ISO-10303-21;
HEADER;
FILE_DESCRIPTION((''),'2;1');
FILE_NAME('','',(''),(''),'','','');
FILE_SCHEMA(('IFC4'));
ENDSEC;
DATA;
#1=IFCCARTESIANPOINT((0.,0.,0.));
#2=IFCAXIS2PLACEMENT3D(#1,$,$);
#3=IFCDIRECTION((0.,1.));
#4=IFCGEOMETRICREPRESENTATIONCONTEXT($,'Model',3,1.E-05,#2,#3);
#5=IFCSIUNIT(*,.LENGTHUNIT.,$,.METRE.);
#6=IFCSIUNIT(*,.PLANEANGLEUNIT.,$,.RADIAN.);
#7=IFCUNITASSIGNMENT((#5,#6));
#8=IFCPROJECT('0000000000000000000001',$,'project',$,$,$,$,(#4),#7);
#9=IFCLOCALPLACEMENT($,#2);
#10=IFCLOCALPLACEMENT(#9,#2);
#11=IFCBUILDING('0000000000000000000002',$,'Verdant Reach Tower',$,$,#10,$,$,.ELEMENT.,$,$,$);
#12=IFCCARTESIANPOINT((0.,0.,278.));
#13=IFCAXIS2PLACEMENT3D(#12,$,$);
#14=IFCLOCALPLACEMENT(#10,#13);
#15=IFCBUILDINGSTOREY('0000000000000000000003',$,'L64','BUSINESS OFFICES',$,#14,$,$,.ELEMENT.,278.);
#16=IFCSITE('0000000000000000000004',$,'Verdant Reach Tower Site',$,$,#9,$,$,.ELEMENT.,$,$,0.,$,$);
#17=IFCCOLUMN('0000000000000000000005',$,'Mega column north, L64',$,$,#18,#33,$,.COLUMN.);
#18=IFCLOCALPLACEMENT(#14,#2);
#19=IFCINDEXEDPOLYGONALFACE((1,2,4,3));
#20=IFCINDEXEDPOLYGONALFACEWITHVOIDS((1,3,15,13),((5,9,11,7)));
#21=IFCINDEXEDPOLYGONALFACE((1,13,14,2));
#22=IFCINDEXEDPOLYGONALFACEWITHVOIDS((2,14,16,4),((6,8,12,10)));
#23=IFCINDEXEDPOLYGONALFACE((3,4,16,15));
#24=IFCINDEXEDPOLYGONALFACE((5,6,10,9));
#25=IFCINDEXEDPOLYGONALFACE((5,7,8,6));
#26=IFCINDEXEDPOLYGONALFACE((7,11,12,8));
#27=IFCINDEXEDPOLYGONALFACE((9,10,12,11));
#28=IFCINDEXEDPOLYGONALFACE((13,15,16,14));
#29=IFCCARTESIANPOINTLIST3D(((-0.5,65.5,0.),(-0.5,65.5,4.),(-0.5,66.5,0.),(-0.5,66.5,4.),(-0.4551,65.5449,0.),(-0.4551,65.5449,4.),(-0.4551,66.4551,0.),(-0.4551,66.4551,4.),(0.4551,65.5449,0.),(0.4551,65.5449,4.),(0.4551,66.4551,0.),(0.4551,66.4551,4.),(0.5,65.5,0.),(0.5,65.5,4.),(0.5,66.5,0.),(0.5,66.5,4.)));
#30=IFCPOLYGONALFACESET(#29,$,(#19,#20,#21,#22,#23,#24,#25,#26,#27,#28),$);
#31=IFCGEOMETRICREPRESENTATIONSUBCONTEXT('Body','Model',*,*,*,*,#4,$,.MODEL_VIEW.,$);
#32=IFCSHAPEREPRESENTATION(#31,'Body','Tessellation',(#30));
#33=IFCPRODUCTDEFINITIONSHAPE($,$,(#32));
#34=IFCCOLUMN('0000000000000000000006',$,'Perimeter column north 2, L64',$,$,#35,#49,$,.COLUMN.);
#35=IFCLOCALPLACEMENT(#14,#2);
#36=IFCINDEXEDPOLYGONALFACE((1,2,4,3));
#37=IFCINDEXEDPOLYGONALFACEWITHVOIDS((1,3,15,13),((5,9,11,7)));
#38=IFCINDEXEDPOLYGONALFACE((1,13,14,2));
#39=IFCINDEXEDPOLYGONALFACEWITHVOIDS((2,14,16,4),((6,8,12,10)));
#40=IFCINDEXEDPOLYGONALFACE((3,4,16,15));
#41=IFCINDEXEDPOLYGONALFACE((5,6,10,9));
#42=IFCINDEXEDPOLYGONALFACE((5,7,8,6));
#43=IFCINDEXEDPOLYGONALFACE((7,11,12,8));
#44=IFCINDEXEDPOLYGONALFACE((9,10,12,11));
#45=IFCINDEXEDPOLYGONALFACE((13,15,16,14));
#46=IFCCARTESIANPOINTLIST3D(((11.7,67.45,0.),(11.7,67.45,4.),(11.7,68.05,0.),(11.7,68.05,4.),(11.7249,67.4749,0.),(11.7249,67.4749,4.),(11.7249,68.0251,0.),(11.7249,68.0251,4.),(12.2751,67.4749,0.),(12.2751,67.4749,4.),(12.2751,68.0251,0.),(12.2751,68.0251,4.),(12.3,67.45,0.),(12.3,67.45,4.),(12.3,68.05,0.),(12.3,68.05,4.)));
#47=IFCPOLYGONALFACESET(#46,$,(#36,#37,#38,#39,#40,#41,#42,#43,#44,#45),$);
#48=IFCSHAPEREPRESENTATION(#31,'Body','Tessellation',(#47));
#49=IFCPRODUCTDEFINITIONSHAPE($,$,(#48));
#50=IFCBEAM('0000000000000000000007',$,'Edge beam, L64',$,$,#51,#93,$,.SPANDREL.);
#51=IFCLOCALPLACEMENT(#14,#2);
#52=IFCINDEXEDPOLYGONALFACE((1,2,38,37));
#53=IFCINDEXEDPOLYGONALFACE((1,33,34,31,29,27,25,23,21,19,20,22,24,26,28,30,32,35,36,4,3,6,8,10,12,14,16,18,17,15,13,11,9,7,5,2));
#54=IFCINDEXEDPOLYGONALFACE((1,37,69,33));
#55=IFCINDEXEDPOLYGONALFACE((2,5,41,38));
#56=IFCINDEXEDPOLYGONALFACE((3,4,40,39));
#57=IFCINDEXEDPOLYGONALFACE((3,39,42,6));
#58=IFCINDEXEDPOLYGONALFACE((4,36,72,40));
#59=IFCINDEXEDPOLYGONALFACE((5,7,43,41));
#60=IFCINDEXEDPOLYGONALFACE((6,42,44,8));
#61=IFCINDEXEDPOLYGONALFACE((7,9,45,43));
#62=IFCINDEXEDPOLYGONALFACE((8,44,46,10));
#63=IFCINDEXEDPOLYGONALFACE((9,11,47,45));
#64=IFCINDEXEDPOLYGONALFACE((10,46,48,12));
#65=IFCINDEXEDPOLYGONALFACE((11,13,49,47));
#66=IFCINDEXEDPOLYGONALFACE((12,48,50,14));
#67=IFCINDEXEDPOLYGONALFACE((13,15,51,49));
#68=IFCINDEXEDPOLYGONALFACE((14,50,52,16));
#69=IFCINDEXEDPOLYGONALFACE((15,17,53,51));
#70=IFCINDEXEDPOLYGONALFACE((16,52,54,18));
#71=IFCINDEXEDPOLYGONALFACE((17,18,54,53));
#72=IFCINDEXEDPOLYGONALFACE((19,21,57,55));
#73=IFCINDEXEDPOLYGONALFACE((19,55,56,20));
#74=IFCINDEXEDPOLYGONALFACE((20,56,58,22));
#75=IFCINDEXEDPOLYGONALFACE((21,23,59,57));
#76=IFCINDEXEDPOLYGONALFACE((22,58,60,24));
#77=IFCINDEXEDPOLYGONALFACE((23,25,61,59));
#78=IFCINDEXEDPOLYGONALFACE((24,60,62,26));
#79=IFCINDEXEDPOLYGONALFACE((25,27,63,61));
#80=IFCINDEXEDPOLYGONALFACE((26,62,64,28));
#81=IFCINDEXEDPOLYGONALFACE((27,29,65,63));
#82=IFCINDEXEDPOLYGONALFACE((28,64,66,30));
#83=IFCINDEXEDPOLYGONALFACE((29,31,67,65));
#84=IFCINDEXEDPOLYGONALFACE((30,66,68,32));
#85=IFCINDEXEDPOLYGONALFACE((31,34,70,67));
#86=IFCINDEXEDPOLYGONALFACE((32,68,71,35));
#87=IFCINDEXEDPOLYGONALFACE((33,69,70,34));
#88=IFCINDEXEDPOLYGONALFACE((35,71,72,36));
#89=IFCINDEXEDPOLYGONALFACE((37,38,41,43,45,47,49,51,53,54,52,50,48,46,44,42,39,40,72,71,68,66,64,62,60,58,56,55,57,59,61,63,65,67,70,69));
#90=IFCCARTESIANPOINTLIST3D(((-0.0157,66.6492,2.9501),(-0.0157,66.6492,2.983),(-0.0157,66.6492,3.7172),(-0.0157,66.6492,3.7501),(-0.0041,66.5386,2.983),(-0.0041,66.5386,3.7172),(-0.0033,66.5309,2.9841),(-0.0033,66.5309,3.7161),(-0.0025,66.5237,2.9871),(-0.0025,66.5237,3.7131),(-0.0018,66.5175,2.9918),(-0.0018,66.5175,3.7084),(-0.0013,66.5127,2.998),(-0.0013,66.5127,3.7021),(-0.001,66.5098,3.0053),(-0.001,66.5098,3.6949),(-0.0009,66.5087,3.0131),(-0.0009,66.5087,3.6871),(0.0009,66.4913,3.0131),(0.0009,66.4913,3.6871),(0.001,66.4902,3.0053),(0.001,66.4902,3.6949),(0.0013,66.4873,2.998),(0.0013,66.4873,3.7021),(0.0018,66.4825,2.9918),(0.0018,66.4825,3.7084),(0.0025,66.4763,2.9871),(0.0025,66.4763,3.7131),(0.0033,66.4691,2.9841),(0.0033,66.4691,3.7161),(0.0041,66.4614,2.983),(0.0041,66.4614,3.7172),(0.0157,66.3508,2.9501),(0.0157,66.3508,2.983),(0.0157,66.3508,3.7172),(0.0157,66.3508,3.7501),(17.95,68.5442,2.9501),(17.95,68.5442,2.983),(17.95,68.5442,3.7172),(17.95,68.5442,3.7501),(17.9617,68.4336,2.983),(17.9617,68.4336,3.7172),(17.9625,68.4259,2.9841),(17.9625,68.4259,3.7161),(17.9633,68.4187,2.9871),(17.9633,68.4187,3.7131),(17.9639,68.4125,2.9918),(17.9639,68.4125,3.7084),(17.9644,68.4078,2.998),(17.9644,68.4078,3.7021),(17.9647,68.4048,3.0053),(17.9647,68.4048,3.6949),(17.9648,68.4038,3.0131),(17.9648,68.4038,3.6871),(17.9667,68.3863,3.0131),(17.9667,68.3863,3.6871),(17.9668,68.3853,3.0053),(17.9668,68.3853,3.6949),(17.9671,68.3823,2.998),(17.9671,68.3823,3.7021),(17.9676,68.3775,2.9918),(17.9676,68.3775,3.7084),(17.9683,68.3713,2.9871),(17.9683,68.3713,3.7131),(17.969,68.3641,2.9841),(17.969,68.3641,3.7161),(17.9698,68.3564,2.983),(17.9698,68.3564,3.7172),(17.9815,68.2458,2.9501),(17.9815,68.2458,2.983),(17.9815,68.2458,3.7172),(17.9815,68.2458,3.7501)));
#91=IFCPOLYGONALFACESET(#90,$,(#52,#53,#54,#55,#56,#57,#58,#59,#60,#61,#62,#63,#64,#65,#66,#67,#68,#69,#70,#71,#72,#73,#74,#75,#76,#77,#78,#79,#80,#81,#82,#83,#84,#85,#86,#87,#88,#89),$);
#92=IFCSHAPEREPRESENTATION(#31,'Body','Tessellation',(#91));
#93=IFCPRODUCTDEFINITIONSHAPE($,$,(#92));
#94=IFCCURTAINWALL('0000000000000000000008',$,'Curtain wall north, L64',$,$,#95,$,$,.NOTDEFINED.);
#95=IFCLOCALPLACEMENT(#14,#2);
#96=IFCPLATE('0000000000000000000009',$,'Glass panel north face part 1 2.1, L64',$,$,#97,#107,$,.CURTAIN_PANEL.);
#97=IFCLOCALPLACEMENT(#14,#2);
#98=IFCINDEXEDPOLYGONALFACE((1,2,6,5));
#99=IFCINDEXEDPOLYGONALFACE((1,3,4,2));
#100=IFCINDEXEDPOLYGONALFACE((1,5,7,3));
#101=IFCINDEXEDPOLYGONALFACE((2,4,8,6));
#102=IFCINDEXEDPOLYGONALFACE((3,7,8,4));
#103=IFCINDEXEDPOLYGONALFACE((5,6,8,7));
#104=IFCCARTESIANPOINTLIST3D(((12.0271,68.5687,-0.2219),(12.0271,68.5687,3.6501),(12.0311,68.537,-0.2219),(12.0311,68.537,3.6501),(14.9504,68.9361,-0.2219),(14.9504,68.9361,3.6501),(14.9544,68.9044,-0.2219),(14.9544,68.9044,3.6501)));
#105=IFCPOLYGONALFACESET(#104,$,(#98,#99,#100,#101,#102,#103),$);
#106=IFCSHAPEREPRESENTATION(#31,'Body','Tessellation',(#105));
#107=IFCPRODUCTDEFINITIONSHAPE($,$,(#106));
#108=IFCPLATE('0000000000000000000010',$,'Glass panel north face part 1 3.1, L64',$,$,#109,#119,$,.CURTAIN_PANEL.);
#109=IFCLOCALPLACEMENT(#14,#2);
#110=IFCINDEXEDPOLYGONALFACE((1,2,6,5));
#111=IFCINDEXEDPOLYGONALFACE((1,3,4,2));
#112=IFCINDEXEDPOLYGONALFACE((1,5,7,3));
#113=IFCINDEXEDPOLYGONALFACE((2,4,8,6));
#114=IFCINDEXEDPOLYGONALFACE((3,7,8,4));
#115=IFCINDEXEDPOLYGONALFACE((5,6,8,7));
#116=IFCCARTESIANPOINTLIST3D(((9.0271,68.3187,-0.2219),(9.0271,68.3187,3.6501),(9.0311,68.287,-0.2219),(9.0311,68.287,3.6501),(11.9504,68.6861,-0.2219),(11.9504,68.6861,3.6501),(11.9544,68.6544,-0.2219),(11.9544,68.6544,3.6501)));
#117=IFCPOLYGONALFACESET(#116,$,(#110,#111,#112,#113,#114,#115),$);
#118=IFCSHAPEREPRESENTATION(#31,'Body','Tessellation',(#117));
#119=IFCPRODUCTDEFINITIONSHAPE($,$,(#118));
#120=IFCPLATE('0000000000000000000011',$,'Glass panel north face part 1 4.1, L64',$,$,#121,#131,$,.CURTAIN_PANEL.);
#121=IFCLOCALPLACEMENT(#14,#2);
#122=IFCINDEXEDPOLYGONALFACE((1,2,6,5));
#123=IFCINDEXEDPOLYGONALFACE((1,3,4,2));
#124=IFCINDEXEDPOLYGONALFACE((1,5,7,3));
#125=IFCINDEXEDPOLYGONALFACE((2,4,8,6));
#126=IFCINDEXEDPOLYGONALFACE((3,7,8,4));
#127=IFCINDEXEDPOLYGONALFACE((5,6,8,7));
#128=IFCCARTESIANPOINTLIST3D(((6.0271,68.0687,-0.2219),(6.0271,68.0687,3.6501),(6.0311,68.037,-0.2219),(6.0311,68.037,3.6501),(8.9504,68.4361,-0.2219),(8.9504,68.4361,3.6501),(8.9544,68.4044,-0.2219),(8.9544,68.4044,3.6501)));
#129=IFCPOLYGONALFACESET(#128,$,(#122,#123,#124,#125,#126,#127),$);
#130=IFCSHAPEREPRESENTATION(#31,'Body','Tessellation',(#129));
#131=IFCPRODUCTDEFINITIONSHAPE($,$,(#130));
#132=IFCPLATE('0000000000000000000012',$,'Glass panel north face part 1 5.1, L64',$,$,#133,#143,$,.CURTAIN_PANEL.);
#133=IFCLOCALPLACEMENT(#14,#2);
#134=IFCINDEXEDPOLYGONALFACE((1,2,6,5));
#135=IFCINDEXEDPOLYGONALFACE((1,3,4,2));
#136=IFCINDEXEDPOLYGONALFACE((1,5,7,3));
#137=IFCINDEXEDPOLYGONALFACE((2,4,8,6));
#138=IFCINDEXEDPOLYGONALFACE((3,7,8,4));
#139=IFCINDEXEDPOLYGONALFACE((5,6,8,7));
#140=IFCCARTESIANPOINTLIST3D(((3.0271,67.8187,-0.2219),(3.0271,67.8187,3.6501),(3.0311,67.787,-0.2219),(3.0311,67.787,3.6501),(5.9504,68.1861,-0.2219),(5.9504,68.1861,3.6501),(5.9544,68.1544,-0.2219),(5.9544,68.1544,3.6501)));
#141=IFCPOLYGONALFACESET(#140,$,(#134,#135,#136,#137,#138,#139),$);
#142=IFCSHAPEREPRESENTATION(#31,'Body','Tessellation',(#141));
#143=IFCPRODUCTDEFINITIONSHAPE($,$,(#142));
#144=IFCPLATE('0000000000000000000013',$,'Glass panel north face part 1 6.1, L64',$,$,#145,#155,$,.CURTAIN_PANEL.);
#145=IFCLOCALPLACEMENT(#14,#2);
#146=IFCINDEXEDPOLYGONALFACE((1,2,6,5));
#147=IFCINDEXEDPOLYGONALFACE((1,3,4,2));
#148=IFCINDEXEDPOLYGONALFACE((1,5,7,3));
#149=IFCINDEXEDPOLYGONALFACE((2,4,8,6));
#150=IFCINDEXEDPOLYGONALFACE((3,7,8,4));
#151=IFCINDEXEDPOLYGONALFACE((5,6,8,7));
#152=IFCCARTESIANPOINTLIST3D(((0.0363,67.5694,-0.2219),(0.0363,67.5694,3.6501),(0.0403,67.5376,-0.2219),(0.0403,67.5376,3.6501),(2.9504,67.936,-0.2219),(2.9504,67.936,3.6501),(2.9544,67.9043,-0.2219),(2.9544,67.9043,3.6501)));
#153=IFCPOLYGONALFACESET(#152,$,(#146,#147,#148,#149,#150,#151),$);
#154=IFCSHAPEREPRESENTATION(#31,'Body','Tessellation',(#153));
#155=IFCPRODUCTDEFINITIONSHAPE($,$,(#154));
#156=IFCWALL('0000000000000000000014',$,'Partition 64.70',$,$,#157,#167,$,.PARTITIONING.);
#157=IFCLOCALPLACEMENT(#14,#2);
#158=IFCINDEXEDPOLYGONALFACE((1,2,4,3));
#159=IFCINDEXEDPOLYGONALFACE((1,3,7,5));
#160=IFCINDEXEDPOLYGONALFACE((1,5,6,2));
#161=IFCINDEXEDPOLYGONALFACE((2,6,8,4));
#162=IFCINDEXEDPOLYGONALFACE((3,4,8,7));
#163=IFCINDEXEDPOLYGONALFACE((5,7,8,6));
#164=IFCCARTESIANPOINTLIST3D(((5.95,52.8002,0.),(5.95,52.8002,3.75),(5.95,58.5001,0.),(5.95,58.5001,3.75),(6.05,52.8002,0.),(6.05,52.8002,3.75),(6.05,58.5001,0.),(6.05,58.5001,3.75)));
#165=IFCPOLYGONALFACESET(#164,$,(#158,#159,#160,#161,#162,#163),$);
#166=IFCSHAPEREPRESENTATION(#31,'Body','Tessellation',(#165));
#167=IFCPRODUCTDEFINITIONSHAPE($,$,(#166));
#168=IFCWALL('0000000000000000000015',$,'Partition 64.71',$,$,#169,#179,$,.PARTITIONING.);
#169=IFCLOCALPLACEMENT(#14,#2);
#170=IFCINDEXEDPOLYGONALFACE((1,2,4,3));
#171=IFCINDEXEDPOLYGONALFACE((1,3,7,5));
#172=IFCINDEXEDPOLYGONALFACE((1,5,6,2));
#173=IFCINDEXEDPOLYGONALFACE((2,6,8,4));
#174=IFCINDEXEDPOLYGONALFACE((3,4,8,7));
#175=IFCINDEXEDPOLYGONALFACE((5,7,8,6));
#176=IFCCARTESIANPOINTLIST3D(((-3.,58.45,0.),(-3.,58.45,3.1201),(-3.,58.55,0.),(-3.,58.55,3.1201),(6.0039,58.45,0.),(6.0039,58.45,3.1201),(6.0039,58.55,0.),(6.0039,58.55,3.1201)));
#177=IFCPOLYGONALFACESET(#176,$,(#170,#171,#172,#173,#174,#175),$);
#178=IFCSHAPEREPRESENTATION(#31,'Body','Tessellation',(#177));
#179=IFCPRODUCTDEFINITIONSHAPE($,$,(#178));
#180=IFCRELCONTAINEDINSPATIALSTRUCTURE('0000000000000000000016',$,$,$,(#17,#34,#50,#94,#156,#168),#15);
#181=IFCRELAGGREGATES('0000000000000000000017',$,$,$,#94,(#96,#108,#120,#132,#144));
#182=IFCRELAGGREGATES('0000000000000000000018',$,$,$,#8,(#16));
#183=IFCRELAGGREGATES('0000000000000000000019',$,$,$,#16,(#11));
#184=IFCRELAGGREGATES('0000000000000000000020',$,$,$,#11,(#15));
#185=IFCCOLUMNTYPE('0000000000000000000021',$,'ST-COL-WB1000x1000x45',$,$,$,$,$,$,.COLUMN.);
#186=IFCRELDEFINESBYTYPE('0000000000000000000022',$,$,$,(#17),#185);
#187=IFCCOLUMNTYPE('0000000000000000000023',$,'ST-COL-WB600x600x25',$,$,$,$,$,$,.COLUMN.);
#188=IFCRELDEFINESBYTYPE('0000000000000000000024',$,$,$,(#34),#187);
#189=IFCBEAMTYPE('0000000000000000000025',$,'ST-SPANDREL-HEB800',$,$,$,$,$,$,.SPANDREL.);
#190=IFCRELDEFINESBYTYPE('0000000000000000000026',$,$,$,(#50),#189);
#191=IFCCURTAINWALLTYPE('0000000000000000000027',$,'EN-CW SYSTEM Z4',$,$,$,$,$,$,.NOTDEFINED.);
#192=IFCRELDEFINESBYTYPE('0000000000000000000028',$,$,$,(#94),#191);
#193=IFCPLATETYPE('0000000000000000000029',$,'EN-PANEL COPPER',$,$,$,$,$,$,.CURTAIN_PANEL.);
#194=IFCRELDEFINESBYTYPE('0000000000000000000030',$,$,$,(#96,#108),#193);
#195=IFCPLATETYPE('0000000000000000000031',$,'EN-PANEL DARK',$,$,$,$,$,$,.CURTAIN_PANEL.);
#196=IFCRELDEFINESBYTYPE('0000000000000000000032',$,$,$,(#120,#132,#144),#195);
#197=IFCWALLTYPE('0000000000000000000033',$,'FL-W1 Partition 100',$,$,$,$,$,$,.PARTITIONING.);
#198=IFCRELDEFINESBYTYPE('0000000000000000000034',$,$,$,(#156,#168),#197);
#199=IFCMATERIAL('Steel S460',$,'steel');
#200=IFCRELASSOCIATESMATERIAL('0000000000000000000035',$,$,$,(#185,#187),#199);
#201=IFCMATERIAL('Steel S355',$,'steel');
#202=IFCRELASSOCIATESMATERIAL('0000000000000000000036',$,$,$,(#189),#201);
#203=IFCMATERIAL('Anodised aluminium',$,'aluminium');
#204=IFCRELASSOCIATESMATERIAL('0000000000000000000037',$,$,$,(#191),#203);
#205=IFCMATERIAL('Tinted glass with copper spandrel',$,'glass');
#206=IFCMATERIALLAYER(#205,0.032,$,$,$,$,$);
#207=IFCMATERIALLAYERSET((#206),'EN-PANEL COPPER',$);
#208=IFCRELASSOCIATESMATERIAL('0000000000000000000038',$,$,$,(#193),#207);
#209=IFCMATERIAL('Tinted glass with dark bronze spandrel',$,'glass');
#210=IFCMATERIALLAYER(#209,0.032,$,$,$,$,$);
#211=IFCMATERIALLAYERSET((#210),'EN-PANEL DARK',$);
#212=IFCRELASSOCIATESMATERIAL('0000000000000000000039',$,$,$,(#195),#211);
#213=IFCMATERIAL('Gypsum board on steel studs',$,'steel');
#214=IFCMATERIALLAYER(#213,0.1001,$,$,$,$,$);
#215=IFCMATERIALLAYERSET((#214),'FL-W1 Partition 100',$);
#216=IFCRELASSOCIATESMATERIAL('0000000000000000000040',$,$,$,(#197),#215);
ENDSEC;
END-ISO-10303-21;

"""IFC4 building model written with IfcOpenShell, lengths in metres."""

from ifc_helpers import new_model, si_unit, direction, frame, frame_2d, origin, origin_2d, place, context, subcontext, project, spatial, rectangle, hollow_rectangle, i_section, extrude, material, layer, layer_set, material_profile, profile_set, type_object, element, aggregate, save


model = new_model("IFC4")

# Units and contexts
model_context = context("Model", 3, precision=1e-05, world=origin(), true_north=direction((0.0, 1.0)))
body_context = subcontext(model_context, "Body", "Model", "MODEL_VIEW")
ifc_project = project(units=[si_unit("LENGTHUNIT", "METRE"), si_unit("PLANEANGLEUNIT", "RADIAN")], contexts=[model_context])

# Site, building, storey
site_placement = place(None, origin())
site = spatial("IfcSite", under=ifc_project, at=site_placement, Name="Verdant Reach Tower Site", CompositionType="ELEMENT", RefElevation=0.0)
building_placement = place(site_placement, origin())
building = spatial("IfcBuilding", under=site, at=building_placement, Name="Verdant Reach Tower", CompositionType="ELEMENT")
storey_placement = place(building_placement, frame((0.0, 0.0, 278.0)))
storey = spatial("IfcBuildingStorey", under=building, at=storey_placement, Name="L64", Description="BUSINESS OFFICES", CompositionType="ELEMENT", Elevation=278.0)

# Columns
ifc_material_1 = material(Name="Steel S460", Category="steel")
ifc_material_profile_1 = material_profile(ifc_material_1, hollow_rectangle(XDim=1.0, YDim=1.0, WallThickness=0.0449, at=origin_2d()), Name="WB 1000x1000x45")
ifc_profile_set_1 = profile_set([ifc_material_profile_1], Name="Steel S460")
column_type_1 = type_object("IfcColumnType", Name="ST-COL-WB1000x1000x45", PredefinedType="COLUMN", material=ifc_profile_set_1)
column_1_placement = place(storey_placement, frame((0.0, 66.0, 0.0), z_axis=(0.0, 0.0, 1.0), x_axis=(1.0, 0.0, 0.0)))
element("IfcColumn", 1, at=column_1_placement, inside=storey, type_object=column_type_1, Name="Mega column north, L64", PredefinedType="COLUMN", context=body_context, shape_type="SweptSolid", body=[
    extrude(hollow_rectangle(XDim=1.0, YDim=1.0, WallThickness=0.0449, at=origin_2d()), origin(), (0.0, 0.0, 1.0), 4.0),
])
ifc_material_profile_2 = material_profile(ifc_material_1, hollow_rectangle(XDim=0.6001, YDim=0.6001, WallThickness=0.0249, at=origin_2d()), Name="WB 600x600x25")
ifc_profile_set_2 = profile_set([ifc_material_profile_2], Name="Steel S460")
column_type_2 = type_object("IfcColumnType", Name="ST-COL-WB600x600x25", PredefinedType="COLUMN", material=ifc_profile_set_2)
column_2_placement = place(storey_placement, frame((12.0, 67.75, 0.0), z_axis=(0.0, 0.0, 1.0), x_axis=(1.0, 0.0, 0.0)))
element("IfcColumn", 2, at=column_2_placement, inside=storey, type_object=column_type_2, Name="Perimeter column north 2, L64", PredefinedType="COLUMN", context=body_context, shape_type="SweptSolid", body=[
    extrude(hollow_rectangle(XDim=0.6001, YDim=0.6001, WallThickness=0.0249, at=origin_2d()), origin(), (0.0, 0.0, 1.0), 4.0),
])

# Beam
ifc_material_2 = material(Name="Steel S355", Category="steel")
ifc_material_profile_3 = material_profile(ifc_material_2, i_section(OverallWidth=0.3, OverallDepth=0.8, WebThickness=0.0176, FlangeThickness=0.033, FilletRadius=0.03, at=origin_2d()), Name="HEB 800")
ifc_profile_set_3 = profile_set([ifc_material_profile_3], Name="Steel S355")
beam_type = type_object("IfcBeamType", Name="ST-SPANDREL-HEB800", PredefinedType="SPANDREL", material=ifc_profile_set_3)
beam_placement = place(storey_placement, frame((0.0, 66.5, 3.3501), z_axis=(0.994483, 0.104897, 0.0), x_axis=(-0.104897, 0.994483, 0.0)))
element("IfcBeam", 3, at=beam_placement, inside=storey, type_object=beam_type, Name="Edge beam, L64", PredefinedType="SPANDREL", context=body_context, shape_type="SweptSolid", body=[
    extrude(i_section(OverallWidth=0.3, OverallDepth=0.8, WebThickness=0.0176, FlangeThickness=0.033, FilletRadius=0.03, at=origin_2d()), origin(), (0.0, 0.0, 1.0), 18.0654),
])

# Curtain wall, plates
ifc_material_3 = material(Name="Anodised aluminium", Category="aluminium")
curtain_wall_type = type_object("IfcCurtainWallType", Name="EN-CW SYSTEM Z4", PredefinedType="NOTDEFINED", material=ifc_material_3)
curtain_wall_placement = place(storey_placement, origin())
curtain_wall = element("IfcCurtainWall", 4, at=curtain_wall_placement, inside=storey, type_object=curtain_wall_type, Name="Curtain wall north, L64", PredefinedType="NOTDEFINED")
ifc_material_4 = material(Name="Tinted glass with copper spandrel", Category="glass")
ifc_layer_1 = layer(ifc_material_4, 0.032)
ifc_layer_set_1 = layer_set([ifc_layer_1], Name="EN-PANEL COPPER")
plate_type_1 = type_object("IfcPlateType", Name="EN-PANEL COPPER", PredefinedType="CURTAIN_PANEL", material=ifc_layer_set_1)
plate_1_placement = place(storey_placement, frame((13.4907, 68.7366, -0.2219), z_axis=(0.0, 0.0, 1.0), x_axis=(-0.992194, -0.124704, 0.0)))
plate_1 = element("IfcPlate", 5, at=plate_1_placement, type_object=plate_type_1, Name="Glass panel north face part 1 2.1, L64", PredefinedType="CURTAIN_PANEL", context=body_context, shape_type="SweptSolid", body=[
    extrude(rectangle(XDim=2.9463, YDim=0.032, at=origin_2d()), origin(), (0.0, 0.0, 1.0), 3.8721),
])
plate_2_placement = place(storey_placement, frame((10.4907, 68.4866, -0.2219), z_axis=(0.0, 0.0, 1.0), x_axis=(-0.992194, -0.124704, 0.0)))
plate_2 = element("IfcPlate", 6, at=plate_2_placement, type_object=plate_type_1, Name="Glass panel north face part 1 3.1, L64", PredefinedType="CURTAIN_PANEL", context=body_context, shape_type="SweptSolid", body=[
    extrude(rectangle(XDim=2.9463, YDim=0.032, at=origin_2d()), origin(), (0.0, 0.0, 1.0), 3.8721),
])
ifc_material_5 = material(Name="Tinted glass with dark bronze spandrel", Category="glass")
ifc_layer_2 = layer(ifc_material_5, 0.032)
ifc_layer_set_2 = layer_set([ifc_layer_2], Name="EN-PANEL DARK")
plate_type_2 = type_object("IfcPlateType", Name="EN-PANEL DARK", PredefinedType="CURTAIN_PANEL", material=ifc_layer_set_2)
plate_3_placement = place(storey_placement, frame((7.4907, 68.2366, -0.2219), z_axis=(0.0, 0.0, 1.0), x_axis=(-0.992194, -0.124704, 0.0)))
plate_3 = element("IfcPlate", 7, at=plate_3_placement, type_object=plate_type_2, Name="Glass panel north face part 1 4.1, L64", PredefinedType="CURTAIN_PANEL", context=body_context, shape_type="SweptSolid", body=[
    extrude(rectangle(XDim=2.9463, YDim=0.032, at=origin_2d()), origin(), (0.0, 0.0, 1.0), 3.8721),
])
plate_4_placement = place(storey_placement, frame((4.4907, 67.9866, -0.2219), z_axis=(0.0, 0.0, 1.0), x_axis=(-0.992194, -0.124704, 0.0)))
plate_4 = element("IfcPlate", 8, at=plate_4_placement, type_object=plate_type_2, Name="Glass panel north face part 1 5.1, L64", PredefinedType="CURTAIN_PANEL", context=body_context, shape_type="SweptSolid", body=[
    extrude(rectangle(XDim=2.9463, YDim=0.032, at=origin_2d()), origin(), (0.0, 0.0, 1.0), 3.8721),
])
plate_5_placement = place(storey_placement, frame((1.4954, 67.7368, -0.2219), z_axis=(0.0, 0.0, 1.0), x_axis=(-0.992178, -0.124832, 0.0)))
plate_5 = element("IfcPlate", 9, at=plate_5_placement, type_object=plate_type_2, Name="Glass panel north face part 1 6.1, L64", PredefinedType="CURTAIN_PANEL", context=body_context, shape_type="SweptSolid", body=[
    extrude(rectangle(XDim=2.937, YDim=0.032, at=origin_2d()), origin(), (0.0, 0.0, 1.0), 3.8721),
])
aggregate(curtain_wall, [plate_1, plate_2, plate_3, plate_4, plate_5])

# Walls
ifc_material_6 = material(Name="Gypsum board on steel studs", Category="steel")
ifc_layer_3 = layer(ifc_material_6, 0.1001)
ifc_layer_set_3 = layer_set([ifc_layer_3], Name="FL-W1 Partition 100")
wall_type_1 = type_object("IfcWallType", Name="FL-W1 Partition 100", PredefinedType="PARTITIONING", material=ifc_layer_set_3)
wall_1_placement = place(storey_placement, frame((6.0, 52.8, 0.0), z_axis=(0.0, 0.0, 1.0), x_axis=(0.0, 1.0, 0.0)))
element("IfcWall", 10, at=wall_1_placement, inside=storey, type_object=wall_type_1, Name="Partition 64.70", PredefinedType="PARTITIONING", context=body_context, shape_type="SweptSolid", body=[
    extrude(rectangle(XDim=5.7, YDim=0.1001, at=frame_2d((2.8501, 0.0))), origin(), (0.0, 0.0, 1.0), 3.75),
])
wall_2_placement = place(storey_placement, frame((6.0039, 58.5, 0.0), z_axis=(0.0, 0.0, 1.0), x_axis=(-1.0, 0.0, 0.0)))
element("IfcWall", 11, at=wall_2_placement, inside=storey, type_object=wall_type_1, Name="Partition 64.71", PredefinedType="PARTITIONING", context=body_context, shape_type="SweptSolid", body=[
    extrude(rectangle(XDim=9.0039, YDim=0.1001, at=frame_2d((4.502, 0.0))), origin(), (0.0, 0.0, 1.0), 3.1201),
])

save(model, "model.ifc")
